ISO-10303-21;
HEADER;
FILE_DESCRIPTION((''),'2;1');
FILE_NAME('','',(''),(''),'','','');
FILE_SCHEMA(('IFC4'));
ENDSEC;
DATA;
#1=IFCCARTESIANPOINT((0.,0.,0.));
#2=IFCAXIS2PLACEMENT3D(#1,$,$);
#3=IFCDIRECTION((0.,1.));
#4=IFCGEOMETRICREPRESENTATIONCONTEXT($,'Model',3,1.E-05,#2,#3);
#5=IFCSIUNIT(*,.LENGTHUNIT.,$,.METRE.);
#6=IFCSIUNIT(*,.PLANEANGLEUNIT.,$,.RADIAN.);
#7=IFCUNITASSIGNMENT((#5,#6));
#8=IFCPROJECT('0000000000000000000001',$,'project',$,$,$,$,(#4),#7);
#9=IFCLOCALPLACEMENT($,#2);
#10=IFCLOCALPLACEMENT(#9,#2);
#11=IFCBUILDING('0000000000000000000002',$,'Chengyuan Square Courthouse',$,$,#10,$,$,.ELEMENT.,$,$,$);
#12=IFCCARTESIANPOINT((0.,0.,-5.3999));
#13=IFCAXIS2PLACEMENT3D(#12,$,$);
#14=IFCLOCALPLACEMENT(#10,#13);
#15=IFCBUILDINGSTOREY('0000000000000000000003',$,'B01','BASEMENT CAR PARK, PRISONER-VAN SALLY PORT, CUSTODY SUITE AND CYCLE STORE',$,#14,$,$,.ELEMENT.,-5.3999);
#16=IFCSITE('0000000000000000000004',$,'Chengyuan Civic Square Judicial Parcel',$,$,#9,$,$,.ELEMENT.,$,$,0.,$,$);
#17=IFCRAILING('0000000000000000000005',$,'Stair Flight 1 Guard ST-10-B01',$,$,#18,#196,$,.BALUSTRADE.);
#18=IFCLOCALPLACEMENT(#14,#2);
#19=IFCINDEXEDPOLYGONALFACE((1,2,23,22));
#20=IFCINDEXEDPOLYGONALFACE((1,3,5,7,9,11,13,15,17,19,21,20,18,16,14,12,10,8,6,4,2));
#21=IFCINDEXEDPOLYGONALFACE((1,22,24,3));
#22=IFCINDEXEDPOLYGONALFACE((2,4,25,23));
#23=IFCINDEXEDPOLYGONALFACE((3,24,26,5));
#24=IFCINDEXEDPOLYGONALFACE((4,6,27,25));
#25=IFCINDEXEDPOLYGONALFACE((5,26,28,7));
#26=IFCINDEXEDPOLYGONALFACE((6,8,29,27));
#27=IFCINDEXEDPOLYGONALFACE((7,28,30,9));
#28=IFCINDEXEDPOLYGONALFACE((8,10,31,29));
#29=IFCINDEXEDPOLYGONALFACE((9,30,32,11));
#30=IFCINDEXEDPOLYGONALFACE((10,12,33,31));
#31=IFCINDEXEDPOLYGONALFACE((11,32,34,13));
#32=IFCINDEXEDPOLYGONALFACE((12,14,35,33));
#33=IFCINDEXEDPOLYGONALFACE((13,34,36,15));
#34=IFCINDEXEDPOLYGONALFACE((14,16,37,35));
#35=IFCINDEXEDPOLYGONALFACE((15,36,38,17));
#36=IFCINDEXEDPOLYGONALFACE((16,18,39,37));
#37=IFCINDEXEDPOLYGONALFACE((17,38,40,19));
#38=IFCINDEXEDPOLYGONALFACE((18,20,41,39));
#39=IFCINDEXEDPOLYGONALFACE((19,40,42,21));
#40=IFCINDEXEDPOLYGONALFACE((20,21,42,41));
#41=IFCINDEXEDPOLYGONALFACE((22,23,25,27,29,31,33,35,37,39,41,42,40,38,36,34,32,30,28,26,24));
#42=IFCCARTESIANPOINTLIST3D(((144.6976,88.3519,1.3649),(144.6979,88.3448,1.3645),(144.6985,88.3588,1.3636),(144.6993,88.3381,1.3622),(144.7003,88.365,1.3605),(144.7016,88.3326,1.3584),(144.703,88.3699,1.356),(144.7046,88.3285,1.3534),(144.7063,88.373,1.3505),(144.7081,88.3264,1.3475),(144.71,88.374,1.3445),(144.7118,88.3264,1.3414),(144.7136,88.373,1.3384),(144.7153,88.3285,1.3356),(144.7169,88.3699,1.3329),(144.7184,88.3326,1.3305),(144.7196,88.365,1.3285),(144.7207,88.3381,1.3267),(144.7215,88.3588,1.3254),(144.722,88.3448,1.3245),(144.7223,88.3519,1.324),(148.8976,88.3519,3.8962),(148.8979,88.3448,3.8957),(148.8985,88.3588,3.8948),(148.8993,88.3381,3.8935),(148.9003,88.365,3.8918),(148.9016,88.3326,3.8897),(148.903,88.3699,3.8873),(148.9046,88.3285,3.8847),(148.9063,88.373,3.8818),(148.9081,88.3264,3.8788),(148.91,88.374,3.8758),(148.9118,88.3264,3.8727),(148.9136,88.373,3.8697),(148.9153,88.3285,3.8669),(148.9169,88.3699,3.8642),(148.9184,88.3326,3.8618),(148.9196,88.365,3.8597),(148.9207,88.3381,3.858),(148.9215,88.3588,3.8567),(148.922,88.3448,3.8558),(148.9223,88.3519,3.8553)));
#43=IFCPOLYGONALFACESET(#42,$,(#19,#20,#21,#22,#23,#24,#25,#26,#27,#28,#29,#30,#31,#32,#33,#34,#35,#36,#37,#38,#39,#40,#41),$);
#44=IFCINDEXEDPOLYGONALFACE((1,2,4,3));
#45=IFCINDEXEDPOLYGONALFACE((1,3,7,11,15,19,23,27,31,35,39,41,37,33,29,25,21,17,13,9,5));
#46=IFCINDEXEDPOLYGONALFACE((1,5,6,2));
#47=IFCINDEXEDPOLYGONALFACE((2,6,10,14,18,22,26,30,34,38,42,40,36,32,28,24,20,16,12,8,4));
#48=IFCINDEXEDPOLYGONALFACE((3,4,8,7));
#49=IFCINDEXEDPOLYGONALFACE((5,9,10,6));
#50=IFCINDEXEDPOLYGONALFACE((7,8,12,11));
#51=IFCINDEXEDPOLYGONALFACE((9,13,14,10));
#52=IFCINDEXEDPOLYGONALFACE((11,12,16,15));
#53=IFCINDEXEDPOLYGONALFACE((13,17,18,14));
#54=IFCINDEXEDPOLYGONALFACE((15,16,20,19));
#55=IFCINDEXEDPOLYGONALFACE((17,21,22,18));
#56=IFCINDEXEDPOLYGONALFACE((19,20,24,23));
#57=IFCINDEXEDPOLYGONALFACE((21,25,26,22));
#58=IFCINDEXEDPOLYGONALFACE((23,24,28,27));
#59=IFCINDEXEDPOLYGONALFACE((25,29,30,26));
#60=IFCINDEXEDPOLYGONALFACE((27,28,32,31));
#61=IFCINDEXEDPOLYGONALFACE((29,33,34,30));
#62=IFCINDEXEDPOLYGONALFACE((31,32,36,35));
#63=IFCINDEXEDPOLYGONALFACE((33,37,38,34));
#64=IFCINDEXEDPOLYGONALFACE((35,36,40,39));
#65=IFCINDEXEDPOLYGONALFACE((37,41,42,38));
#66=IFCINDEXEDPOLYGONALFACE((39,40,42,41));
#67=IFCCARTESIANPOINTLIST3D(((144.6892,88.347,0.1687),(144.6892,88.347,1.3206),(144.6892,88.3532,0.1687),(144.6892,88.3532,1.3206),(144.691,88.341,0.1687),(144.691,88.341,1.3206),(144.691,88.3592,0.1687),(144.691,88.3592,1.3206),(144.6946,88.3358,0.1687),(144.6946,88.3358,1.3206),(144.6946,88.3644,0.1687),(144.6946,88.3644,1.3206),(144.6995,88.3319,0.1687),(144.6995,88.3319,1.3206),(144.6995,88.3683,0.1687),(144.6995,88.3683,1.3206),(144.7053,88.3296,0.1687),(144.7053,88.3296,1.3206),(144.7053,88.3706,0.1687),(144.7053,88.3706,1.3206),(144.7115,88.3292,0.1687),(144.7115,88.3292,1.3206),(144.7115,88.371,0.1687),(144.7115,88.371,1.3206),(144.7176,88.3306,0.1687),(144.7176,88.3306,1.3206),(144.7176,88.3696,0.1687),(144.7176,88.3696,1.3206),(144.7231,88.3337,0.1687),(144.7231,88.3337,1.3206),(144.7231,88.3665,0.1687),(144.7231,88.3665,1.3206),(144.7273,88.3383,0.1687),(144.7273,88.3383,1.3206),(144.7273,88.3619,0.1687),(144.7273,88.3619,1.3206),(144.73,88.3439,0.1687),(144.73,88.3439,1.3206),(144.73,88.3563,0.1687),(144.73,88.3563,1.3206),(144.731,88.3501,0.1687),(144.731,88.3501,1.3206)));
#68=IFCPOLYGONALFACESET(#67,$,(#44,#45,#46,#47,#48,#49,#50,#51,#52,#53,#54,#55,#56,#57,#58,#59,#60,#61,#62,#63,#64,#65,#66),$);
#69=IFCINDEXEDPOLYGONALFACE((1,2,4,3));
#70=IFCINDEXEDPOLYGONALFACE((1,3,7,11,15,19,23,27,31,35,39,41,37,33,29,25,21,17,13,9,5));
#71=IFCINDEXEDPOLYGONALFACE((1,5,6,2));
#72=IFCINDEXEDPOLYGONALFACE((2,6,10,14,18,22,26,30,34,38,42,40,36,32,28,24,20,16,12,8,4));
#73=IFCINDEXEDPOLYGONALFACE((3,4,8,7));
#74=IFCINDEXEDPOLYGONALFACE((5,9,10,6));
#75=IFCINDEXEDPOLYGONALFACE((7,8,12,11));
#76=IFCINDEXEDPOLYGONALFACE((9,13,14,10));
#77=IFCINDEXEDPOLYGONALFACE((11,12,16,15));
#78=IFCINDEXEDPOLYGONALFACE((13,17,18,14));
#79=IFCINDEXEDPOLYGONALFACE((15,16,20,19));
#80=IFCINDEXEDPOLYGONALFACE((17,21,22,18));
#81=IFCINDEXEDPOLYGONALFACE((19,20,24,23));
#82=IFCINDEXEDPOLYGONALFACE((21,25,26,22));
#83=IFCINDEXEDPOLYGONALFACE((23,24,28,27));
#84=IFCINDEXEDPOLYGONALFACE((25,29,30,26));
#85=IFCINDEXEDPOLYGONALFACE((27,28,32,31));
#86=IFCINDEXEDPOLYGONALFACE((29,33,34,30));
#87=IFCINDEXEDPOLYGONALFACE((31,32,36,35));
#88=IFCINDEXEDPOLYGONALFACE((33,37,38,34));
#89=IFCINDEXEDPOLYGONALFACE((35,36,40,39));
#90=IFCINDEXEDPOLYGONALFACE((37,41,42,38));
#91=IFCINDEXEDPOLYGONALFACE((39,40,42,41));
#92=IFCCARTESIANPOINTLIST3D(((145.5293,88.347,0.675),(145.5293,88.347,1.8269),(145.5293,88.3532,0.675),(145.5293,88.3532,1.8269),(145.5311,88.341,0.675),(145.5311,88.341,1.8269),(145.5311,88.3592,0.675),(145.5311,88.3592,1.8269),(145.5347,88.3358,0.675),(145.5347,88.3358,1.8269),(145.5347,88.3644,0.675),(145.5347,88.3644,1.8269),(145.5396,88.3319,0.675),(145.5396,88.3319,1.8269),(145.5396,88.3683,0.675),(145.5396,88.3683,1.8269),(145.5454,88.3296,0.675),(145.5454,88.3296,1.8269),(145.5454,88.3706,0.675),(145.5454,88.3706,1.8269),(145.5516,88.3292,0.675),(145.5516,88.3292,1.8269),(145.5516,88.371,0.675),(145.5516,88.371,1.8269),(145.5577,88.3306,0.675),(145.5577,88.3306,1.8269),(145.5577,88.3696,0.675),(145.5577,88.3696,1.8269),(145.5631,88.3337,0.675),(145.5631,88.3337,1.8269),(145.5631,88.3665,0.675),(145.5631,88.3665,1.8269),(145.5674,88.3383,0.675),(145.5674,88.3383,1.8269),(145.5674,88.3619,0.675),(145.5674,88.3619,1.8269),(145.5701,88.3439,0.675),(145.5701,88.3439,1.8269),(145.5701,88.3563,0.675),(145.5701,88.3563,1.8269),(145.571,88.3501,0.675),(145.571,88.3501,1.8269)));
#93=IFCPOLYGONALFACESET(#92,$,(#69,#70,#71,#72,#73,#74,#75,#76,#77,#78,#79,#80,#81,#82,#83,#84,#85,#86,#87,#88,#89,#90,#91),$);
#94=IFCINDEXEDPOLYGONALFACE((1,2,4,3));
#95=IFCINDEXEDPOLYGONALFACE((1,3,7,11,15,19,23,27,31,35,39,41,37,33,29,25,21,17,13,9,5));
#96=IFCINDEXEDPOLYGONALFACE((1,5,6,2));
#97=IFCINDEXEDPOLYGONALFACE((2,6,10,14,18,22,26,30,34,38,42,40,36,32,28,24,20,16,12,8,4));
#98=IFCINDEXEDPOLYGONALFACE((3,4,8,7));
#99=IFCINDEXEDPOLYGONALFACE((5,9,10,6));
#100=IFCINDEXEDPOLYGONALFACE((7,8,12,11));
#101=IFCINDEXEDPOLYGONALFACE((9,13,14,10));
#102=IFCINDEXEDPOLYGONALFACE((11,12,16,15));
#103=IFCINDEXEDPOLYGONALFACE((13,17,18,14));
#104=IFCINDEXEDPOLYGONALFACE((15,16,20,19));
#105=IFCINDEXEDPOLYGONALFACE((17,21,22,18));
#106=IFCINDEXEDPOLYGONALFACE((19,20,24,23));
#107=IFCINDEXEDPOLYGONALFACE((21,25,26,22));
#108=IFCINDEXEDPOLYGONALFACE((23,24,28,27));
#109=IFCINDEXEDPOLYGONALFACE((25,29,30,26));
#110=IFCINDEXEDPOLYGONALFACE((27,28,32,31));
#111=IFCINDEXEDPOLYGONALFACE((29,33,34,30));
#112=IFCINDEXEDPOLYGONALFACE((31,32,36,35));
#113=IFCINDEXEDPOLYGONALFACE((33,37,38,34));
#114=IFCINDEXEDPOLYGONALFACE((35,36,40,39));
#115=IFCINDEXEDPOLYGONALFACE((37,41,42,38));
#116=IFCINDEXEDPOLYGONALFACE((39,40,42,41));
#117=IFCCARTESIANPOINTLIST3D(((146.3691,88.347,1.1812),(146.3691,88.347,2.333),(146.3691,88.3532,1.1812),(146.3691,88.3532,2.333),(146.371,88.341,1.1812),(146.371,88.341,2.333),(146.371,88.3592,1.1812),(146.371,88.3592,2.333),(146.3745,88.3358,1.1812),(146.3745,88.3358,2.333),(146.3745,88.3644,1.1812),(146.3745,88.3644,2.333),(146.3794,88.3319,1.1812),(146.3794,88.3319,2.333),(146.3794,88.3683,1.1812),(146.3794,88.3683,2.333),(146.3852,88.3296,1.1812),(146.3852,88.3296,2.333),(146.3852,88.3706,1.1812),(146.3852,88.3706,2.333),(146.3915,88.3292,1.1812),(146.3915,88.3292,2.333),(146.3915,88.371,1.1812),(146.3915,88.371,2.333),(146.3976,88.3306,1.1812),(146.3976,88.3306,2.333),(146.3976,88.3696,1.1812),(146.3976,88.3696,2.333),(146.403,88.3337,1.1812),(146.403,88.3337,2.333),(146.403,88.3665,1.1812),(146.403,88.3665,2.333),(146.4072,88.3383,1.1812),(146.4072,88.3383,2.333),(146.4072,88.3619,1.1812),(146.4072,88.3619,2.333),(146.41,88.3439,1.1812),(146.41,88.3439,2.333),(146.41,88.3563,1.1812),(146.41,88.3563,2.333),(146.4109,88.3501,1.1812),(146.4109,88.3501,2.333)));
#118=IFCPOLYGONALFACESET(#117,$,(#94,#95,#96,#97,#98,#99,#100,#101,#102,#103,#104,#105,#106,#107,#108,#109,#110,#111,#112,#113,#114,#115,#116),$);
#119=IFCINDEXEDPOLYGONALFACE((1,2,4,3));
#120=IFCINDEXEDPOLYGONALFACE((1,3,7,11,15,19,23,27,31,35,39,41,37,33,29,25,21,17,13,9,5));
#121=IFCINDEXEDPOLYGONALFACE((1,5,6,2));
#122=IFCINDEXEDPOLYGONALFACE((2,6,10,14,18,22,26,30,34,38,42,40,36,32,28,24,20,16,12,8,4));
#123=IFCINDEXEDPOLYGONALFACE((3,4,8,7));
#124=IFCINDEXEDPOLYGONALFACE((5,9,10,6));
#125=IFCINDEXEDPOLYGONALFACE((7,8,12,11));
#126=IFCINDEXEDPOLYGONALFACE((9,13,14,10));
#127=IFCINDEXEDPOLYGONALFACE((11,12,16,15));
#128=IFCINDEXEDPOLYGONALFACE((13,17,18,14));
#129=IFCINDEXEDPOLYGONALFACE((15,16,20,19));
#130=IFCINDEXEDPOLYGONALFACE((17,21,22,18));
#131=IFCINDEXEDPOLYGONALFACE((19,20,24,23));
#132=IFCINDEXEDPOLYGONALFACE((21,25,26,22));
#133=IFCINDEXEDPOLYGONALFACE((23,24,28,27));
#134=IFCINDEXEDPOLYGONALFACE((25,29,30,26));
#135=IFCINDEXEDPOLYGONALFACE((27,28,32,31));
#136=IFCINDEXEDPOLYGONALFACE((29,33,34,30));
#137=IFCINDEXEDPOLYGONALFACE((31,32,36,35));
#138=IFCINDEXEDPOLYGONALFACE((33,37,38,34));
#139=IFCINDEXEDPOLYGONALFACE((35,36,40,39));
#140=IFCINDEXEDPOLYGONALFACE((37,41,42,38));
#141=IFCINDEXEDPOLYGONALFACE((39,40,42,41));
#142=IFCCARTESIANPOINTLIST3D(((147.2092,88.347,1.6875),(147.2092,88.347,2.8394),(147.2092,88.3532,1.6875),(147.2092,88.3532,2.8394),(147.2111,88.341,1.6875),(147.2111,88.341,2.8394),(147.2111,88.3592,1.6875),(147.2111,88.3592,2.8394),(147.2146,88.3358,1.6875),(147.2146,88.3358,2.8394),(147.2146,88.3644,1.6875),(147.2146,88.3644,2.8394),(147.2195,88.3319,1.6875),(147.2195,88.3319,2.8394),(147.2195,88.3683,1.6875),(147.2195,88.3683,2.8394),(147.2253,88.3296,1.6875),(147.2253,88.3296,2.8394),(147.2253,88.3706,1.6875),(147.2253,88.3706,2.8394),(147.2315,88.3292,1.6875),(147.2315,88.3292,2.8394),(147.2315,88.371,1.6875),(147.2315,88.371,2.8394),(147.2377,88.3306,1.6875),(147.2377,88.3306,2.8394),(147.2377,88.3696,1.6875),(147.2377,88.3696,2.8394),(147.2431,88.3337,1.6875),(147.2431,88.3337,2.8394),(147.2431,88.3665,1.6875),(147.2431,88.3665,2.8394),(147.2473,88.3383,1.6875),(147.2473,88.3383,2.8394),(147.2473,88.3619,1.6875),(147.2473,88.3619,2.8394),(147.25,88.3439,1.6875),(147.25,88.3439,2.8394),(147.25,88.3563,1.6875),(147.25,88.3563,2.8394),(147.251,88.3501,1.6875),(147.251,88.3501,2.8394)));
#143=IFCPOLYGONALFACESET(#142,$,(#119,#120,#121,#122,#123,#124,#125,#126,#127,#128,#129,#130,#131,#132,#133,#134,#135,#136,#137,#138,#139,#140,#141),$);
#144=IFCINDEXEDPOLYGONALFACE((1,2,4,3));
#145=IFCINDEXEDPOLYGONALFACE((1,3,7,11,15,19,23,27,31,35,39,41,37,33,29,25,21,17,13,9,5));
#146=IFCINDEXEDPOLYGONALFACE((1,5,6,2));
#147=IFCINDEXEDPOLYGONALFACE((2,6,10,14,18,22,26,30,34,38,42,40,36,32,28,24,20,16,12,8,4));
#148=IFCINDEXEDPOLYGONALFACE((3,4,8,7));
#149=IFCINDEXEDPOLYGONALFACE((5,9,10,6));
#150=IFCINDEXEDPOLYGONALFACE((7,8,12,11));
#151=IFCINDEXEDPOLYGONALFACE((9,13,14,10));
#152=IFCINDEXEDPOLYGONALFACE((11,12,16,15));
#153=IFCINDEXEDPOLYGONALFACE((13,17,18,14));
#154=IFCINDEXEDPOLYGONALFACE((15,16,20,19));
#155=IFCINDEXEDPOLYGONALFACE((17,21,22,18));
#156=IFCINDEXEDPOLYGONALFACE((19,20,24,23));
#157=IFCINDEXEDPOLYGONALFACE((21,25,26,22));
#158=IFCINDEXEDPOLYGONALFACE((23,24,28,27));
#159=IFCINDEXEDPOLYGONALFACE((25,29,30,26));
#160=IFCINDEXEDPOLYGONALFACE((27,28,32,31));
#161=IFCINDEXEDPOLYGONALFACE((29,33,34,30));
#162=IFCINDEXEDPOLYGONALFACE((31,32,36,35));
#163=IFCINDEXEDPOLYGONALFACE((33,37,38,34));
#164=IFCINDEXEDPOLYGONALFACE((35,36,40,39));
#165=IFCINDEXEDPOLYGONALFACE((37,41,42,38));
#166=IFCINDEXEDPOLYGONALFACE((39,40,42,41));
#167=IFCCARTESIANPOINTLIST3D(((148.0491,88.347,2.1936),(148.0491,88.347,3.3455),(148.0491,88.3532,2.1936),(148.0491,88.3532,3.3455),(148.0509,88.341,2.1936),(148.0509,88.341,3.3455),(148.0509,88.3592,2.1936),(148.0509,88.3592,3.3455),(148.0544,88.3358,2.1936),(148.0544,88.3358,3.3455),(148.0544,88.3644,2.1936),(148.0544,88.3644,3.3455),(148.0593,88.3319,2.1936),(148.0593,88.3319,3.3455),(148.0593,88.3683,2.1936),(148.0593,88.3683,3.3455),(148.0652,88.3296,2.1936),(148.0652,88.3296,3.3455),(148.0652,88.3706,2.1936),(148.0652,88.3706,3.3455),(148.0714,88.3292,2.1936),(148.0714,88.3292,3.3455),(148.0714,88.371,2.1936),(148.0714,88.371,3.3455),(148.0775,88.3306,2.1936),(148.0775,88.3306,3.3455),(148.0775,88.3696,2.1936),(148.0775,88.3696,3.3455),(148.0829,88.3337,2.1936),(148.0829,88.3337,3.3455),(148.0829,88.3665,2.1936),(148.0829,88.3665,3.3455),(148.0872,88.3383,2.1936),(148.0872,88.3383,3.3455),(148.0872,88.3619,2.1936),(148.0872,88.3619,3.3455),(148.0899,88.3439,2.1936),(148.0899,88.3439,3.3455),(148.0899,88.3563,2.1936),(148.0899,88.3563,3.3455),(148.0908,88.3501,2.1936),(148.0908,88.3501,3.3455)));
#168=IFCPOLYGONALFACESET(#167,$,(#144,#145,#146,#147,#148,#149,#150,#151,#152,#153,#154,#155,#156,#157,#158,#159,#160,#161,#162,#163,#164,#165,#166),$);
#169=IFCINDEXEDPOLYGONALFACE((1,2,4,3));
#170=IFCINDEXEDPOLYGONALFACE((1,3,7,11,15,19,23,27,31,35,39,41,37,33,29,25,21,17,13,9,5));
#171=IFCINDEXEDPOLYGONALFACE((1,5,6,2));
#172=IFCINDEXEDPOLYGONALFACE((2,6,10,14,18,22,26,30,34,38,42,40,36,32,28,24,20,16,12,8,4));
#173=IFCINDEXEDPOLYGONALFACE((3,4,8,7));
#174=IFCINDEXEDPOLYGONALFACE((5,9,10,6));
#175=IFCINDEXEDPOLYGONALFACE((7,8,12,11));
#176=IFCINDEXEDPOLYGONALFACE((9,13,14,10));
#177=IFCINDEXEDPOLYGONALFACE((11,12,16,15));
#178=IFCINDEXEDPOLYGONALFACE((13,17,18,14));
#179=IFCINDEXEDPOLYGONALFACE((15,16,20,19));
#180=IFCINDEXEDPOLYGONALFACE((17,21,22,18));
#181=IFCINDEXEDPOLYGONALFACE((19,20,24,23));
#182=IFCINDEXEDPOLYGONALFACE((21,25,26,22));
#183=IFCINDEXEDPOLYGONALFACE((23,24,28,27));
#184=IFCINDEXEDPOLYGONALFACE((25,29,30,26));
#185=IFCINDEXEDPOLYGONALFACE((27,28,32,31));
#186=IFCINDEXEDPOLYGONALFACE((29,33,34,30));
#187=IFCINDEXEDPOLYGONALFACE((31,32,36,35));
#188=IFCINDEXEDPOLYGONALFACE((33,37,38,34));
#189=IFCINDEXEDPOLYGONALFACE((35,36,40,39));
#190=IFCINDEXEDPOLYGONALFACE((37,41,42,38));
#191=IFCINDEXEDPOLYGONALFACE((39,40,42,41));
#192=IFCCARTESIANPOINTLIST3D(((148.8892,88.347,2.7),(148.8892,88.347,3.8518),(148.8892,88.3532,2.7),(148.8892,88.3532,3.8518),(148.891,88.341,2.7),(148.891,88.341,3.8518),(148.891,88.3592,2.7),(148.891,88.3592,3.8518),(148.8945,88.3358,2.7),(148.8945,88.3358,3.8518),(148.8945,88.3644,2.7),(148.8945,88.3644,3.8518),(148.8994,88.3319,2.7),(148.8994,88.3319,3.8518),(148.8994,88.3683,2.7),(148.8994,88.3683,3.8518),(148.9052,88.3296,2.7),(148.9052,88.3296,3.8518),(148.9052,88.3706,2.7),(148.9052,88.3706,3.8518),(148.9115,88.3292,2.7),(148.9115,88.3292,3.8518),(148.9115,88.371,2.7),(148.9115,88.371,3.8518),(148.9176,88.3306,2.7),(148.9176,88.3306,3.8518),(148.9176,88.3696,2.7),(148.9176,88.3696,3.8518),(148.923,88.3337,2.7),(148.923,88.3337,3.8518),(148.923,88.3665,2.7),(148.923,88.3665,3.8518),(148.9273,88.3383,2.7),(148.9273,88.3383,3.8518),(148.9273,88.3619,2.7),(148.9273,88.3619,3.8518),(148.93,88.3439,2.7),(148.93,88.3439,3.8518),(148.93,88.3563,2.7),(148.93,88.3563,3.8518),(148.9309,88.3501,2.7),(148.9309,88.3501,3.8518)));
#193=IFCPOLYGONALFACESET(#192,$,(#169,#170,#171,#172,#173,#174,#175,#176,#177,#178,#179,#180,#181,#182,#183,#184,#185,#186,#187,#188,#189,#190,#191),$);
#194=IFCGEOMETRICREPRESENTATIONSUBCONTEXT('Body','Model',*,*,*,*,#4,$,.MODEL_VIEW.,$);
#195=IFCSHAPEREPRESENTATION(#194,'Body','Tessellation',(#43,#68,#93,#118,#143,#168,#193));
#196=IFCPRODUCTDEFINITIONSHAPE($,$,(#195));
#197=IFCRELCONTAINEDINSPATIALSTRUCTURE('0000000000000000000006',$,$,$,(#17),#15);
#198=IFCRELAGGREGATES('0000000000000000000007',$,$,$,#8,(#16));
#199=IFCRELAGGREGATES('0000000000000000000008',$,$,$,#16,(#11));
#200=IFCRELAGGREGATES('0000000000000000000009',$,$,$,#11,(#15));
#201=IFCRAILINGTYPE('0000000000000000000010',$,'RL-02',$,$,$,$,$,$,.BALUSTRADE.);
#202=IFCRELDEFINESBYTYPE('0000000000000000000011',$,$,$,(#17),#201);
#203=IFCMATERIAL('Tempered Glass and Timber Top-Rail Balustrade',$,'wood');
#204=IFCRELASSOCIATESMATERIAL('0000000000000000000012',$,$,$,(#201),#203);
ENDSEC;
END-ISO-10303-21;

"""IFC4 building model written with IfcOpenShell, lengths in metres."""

from ifc_helpers import new_model, si_unit, direction, frame, origin, origin_2d, place, context, subcontext, project, spatial, circle, extrude, material, type_object, element, save


model = new_model("IFC4")

# Units and contexts
model_context = context("Model", 3, precision=1e-05, world=origin(), true_north=direction((0.0, 1.0)))
body_context = subcontext(model_context, "Body", "Model", "MODEL_VIEW")
ifc_project = project(units=[si_unit("LENGTHUNIT", "METRE"), si_unit("PLANEANGLEUNIT", "RADIAN")], contexts=[model_context])

# Site, building, storey
site_placement = place(None, origin())
site = spatial("IfcSite", under=ifc_project, at=site_placement, Name="Chengyuan Civic Square Judicial Parcel", CompositionType="ELEMENT", RefElevation=0.0)
building_placement = place(site_placement, origin())
building = spatial("IfcBuilding", under=site, at=building_placement, Name="Chengyuan Square Courthouse", CompositionType="ELEMENT")
storey_placement = place(building_placement, frame((0.0, 0.0, -5.3999)))
storey = spatial("IfcBuildingStorey", under=building, at=storey_placement, Name="B01", Description="BASEMENT CAR PARK, PRISONER-VAN SALLY PORT, CUSTODY SUITE AND CYCLE STORE", CompositionType="ELEMENT", Elevation=-5.3999)

# Railing
ifc_material_1 = material(Name="Tempered Glass and Timber Top-Rail Balustrade", Category="wood")
railing_type_1 = type_object("IfcRailingType", Name="RL-02", PredefinedType="BALUSTRADE", material=ifc_material_1)
railing_1_placement = place(storey_placement, frame((144.71, 88.3501, 0.1687)))
element("IfcRailing", 1, at=railing_1_placement, inside=storey, type_object=railing_type_1, Name="Stair Flight 1 Guard ST-10-B01", PredefinedType="BALUSTRADE", context=body_context, shape_type="SweptSolid", body=[
    extrude(circle(Radius=0.0239, at=origin_2d()), frame((0.0, 0.0, 1.1758), z_axis=(0.856476, 0.0, 0.516186), x_axis=(0.0, 1.0, 0.0)), (0.0, 0.0, 1.0), 4.9038),
    extrude(circle(Radius=0.021, at=origin_2d()), origin(), (0.0, 0.0, 1.0), 1.1519),
    extrude(circle(Radius=0.021, at=origin_2d()), frame((0.8401, 0.0, 0.5063)), (0.0, 0.0, 1.0), 1.1519),
    extrude(circle(Radius=0.021, at=origin_2d()), frame((1.6799, 0.0, 1.0125)), (0.0, 0.0, 1.0), 1.1519),
    extrude(circle(Radius=0.021, at=origin_2d()), frame((2.52, 0.0, 1.5188)), (0.0, 0.0, 1.0), 1.1519),
    extrude(circle(Radius=0.021, at=origin_2d()), frame((3.3599, 0.0, 2.0249)), (0.0, 0.0, 1.0), 1.1519),
    extrude(circle(Radius=0.021, at=origin_2d()), frame((4.2, 0.0, 2.5312)), (0.0, 0.0, 1.0), 1.1519),
])

save(model, "model.ifc")
